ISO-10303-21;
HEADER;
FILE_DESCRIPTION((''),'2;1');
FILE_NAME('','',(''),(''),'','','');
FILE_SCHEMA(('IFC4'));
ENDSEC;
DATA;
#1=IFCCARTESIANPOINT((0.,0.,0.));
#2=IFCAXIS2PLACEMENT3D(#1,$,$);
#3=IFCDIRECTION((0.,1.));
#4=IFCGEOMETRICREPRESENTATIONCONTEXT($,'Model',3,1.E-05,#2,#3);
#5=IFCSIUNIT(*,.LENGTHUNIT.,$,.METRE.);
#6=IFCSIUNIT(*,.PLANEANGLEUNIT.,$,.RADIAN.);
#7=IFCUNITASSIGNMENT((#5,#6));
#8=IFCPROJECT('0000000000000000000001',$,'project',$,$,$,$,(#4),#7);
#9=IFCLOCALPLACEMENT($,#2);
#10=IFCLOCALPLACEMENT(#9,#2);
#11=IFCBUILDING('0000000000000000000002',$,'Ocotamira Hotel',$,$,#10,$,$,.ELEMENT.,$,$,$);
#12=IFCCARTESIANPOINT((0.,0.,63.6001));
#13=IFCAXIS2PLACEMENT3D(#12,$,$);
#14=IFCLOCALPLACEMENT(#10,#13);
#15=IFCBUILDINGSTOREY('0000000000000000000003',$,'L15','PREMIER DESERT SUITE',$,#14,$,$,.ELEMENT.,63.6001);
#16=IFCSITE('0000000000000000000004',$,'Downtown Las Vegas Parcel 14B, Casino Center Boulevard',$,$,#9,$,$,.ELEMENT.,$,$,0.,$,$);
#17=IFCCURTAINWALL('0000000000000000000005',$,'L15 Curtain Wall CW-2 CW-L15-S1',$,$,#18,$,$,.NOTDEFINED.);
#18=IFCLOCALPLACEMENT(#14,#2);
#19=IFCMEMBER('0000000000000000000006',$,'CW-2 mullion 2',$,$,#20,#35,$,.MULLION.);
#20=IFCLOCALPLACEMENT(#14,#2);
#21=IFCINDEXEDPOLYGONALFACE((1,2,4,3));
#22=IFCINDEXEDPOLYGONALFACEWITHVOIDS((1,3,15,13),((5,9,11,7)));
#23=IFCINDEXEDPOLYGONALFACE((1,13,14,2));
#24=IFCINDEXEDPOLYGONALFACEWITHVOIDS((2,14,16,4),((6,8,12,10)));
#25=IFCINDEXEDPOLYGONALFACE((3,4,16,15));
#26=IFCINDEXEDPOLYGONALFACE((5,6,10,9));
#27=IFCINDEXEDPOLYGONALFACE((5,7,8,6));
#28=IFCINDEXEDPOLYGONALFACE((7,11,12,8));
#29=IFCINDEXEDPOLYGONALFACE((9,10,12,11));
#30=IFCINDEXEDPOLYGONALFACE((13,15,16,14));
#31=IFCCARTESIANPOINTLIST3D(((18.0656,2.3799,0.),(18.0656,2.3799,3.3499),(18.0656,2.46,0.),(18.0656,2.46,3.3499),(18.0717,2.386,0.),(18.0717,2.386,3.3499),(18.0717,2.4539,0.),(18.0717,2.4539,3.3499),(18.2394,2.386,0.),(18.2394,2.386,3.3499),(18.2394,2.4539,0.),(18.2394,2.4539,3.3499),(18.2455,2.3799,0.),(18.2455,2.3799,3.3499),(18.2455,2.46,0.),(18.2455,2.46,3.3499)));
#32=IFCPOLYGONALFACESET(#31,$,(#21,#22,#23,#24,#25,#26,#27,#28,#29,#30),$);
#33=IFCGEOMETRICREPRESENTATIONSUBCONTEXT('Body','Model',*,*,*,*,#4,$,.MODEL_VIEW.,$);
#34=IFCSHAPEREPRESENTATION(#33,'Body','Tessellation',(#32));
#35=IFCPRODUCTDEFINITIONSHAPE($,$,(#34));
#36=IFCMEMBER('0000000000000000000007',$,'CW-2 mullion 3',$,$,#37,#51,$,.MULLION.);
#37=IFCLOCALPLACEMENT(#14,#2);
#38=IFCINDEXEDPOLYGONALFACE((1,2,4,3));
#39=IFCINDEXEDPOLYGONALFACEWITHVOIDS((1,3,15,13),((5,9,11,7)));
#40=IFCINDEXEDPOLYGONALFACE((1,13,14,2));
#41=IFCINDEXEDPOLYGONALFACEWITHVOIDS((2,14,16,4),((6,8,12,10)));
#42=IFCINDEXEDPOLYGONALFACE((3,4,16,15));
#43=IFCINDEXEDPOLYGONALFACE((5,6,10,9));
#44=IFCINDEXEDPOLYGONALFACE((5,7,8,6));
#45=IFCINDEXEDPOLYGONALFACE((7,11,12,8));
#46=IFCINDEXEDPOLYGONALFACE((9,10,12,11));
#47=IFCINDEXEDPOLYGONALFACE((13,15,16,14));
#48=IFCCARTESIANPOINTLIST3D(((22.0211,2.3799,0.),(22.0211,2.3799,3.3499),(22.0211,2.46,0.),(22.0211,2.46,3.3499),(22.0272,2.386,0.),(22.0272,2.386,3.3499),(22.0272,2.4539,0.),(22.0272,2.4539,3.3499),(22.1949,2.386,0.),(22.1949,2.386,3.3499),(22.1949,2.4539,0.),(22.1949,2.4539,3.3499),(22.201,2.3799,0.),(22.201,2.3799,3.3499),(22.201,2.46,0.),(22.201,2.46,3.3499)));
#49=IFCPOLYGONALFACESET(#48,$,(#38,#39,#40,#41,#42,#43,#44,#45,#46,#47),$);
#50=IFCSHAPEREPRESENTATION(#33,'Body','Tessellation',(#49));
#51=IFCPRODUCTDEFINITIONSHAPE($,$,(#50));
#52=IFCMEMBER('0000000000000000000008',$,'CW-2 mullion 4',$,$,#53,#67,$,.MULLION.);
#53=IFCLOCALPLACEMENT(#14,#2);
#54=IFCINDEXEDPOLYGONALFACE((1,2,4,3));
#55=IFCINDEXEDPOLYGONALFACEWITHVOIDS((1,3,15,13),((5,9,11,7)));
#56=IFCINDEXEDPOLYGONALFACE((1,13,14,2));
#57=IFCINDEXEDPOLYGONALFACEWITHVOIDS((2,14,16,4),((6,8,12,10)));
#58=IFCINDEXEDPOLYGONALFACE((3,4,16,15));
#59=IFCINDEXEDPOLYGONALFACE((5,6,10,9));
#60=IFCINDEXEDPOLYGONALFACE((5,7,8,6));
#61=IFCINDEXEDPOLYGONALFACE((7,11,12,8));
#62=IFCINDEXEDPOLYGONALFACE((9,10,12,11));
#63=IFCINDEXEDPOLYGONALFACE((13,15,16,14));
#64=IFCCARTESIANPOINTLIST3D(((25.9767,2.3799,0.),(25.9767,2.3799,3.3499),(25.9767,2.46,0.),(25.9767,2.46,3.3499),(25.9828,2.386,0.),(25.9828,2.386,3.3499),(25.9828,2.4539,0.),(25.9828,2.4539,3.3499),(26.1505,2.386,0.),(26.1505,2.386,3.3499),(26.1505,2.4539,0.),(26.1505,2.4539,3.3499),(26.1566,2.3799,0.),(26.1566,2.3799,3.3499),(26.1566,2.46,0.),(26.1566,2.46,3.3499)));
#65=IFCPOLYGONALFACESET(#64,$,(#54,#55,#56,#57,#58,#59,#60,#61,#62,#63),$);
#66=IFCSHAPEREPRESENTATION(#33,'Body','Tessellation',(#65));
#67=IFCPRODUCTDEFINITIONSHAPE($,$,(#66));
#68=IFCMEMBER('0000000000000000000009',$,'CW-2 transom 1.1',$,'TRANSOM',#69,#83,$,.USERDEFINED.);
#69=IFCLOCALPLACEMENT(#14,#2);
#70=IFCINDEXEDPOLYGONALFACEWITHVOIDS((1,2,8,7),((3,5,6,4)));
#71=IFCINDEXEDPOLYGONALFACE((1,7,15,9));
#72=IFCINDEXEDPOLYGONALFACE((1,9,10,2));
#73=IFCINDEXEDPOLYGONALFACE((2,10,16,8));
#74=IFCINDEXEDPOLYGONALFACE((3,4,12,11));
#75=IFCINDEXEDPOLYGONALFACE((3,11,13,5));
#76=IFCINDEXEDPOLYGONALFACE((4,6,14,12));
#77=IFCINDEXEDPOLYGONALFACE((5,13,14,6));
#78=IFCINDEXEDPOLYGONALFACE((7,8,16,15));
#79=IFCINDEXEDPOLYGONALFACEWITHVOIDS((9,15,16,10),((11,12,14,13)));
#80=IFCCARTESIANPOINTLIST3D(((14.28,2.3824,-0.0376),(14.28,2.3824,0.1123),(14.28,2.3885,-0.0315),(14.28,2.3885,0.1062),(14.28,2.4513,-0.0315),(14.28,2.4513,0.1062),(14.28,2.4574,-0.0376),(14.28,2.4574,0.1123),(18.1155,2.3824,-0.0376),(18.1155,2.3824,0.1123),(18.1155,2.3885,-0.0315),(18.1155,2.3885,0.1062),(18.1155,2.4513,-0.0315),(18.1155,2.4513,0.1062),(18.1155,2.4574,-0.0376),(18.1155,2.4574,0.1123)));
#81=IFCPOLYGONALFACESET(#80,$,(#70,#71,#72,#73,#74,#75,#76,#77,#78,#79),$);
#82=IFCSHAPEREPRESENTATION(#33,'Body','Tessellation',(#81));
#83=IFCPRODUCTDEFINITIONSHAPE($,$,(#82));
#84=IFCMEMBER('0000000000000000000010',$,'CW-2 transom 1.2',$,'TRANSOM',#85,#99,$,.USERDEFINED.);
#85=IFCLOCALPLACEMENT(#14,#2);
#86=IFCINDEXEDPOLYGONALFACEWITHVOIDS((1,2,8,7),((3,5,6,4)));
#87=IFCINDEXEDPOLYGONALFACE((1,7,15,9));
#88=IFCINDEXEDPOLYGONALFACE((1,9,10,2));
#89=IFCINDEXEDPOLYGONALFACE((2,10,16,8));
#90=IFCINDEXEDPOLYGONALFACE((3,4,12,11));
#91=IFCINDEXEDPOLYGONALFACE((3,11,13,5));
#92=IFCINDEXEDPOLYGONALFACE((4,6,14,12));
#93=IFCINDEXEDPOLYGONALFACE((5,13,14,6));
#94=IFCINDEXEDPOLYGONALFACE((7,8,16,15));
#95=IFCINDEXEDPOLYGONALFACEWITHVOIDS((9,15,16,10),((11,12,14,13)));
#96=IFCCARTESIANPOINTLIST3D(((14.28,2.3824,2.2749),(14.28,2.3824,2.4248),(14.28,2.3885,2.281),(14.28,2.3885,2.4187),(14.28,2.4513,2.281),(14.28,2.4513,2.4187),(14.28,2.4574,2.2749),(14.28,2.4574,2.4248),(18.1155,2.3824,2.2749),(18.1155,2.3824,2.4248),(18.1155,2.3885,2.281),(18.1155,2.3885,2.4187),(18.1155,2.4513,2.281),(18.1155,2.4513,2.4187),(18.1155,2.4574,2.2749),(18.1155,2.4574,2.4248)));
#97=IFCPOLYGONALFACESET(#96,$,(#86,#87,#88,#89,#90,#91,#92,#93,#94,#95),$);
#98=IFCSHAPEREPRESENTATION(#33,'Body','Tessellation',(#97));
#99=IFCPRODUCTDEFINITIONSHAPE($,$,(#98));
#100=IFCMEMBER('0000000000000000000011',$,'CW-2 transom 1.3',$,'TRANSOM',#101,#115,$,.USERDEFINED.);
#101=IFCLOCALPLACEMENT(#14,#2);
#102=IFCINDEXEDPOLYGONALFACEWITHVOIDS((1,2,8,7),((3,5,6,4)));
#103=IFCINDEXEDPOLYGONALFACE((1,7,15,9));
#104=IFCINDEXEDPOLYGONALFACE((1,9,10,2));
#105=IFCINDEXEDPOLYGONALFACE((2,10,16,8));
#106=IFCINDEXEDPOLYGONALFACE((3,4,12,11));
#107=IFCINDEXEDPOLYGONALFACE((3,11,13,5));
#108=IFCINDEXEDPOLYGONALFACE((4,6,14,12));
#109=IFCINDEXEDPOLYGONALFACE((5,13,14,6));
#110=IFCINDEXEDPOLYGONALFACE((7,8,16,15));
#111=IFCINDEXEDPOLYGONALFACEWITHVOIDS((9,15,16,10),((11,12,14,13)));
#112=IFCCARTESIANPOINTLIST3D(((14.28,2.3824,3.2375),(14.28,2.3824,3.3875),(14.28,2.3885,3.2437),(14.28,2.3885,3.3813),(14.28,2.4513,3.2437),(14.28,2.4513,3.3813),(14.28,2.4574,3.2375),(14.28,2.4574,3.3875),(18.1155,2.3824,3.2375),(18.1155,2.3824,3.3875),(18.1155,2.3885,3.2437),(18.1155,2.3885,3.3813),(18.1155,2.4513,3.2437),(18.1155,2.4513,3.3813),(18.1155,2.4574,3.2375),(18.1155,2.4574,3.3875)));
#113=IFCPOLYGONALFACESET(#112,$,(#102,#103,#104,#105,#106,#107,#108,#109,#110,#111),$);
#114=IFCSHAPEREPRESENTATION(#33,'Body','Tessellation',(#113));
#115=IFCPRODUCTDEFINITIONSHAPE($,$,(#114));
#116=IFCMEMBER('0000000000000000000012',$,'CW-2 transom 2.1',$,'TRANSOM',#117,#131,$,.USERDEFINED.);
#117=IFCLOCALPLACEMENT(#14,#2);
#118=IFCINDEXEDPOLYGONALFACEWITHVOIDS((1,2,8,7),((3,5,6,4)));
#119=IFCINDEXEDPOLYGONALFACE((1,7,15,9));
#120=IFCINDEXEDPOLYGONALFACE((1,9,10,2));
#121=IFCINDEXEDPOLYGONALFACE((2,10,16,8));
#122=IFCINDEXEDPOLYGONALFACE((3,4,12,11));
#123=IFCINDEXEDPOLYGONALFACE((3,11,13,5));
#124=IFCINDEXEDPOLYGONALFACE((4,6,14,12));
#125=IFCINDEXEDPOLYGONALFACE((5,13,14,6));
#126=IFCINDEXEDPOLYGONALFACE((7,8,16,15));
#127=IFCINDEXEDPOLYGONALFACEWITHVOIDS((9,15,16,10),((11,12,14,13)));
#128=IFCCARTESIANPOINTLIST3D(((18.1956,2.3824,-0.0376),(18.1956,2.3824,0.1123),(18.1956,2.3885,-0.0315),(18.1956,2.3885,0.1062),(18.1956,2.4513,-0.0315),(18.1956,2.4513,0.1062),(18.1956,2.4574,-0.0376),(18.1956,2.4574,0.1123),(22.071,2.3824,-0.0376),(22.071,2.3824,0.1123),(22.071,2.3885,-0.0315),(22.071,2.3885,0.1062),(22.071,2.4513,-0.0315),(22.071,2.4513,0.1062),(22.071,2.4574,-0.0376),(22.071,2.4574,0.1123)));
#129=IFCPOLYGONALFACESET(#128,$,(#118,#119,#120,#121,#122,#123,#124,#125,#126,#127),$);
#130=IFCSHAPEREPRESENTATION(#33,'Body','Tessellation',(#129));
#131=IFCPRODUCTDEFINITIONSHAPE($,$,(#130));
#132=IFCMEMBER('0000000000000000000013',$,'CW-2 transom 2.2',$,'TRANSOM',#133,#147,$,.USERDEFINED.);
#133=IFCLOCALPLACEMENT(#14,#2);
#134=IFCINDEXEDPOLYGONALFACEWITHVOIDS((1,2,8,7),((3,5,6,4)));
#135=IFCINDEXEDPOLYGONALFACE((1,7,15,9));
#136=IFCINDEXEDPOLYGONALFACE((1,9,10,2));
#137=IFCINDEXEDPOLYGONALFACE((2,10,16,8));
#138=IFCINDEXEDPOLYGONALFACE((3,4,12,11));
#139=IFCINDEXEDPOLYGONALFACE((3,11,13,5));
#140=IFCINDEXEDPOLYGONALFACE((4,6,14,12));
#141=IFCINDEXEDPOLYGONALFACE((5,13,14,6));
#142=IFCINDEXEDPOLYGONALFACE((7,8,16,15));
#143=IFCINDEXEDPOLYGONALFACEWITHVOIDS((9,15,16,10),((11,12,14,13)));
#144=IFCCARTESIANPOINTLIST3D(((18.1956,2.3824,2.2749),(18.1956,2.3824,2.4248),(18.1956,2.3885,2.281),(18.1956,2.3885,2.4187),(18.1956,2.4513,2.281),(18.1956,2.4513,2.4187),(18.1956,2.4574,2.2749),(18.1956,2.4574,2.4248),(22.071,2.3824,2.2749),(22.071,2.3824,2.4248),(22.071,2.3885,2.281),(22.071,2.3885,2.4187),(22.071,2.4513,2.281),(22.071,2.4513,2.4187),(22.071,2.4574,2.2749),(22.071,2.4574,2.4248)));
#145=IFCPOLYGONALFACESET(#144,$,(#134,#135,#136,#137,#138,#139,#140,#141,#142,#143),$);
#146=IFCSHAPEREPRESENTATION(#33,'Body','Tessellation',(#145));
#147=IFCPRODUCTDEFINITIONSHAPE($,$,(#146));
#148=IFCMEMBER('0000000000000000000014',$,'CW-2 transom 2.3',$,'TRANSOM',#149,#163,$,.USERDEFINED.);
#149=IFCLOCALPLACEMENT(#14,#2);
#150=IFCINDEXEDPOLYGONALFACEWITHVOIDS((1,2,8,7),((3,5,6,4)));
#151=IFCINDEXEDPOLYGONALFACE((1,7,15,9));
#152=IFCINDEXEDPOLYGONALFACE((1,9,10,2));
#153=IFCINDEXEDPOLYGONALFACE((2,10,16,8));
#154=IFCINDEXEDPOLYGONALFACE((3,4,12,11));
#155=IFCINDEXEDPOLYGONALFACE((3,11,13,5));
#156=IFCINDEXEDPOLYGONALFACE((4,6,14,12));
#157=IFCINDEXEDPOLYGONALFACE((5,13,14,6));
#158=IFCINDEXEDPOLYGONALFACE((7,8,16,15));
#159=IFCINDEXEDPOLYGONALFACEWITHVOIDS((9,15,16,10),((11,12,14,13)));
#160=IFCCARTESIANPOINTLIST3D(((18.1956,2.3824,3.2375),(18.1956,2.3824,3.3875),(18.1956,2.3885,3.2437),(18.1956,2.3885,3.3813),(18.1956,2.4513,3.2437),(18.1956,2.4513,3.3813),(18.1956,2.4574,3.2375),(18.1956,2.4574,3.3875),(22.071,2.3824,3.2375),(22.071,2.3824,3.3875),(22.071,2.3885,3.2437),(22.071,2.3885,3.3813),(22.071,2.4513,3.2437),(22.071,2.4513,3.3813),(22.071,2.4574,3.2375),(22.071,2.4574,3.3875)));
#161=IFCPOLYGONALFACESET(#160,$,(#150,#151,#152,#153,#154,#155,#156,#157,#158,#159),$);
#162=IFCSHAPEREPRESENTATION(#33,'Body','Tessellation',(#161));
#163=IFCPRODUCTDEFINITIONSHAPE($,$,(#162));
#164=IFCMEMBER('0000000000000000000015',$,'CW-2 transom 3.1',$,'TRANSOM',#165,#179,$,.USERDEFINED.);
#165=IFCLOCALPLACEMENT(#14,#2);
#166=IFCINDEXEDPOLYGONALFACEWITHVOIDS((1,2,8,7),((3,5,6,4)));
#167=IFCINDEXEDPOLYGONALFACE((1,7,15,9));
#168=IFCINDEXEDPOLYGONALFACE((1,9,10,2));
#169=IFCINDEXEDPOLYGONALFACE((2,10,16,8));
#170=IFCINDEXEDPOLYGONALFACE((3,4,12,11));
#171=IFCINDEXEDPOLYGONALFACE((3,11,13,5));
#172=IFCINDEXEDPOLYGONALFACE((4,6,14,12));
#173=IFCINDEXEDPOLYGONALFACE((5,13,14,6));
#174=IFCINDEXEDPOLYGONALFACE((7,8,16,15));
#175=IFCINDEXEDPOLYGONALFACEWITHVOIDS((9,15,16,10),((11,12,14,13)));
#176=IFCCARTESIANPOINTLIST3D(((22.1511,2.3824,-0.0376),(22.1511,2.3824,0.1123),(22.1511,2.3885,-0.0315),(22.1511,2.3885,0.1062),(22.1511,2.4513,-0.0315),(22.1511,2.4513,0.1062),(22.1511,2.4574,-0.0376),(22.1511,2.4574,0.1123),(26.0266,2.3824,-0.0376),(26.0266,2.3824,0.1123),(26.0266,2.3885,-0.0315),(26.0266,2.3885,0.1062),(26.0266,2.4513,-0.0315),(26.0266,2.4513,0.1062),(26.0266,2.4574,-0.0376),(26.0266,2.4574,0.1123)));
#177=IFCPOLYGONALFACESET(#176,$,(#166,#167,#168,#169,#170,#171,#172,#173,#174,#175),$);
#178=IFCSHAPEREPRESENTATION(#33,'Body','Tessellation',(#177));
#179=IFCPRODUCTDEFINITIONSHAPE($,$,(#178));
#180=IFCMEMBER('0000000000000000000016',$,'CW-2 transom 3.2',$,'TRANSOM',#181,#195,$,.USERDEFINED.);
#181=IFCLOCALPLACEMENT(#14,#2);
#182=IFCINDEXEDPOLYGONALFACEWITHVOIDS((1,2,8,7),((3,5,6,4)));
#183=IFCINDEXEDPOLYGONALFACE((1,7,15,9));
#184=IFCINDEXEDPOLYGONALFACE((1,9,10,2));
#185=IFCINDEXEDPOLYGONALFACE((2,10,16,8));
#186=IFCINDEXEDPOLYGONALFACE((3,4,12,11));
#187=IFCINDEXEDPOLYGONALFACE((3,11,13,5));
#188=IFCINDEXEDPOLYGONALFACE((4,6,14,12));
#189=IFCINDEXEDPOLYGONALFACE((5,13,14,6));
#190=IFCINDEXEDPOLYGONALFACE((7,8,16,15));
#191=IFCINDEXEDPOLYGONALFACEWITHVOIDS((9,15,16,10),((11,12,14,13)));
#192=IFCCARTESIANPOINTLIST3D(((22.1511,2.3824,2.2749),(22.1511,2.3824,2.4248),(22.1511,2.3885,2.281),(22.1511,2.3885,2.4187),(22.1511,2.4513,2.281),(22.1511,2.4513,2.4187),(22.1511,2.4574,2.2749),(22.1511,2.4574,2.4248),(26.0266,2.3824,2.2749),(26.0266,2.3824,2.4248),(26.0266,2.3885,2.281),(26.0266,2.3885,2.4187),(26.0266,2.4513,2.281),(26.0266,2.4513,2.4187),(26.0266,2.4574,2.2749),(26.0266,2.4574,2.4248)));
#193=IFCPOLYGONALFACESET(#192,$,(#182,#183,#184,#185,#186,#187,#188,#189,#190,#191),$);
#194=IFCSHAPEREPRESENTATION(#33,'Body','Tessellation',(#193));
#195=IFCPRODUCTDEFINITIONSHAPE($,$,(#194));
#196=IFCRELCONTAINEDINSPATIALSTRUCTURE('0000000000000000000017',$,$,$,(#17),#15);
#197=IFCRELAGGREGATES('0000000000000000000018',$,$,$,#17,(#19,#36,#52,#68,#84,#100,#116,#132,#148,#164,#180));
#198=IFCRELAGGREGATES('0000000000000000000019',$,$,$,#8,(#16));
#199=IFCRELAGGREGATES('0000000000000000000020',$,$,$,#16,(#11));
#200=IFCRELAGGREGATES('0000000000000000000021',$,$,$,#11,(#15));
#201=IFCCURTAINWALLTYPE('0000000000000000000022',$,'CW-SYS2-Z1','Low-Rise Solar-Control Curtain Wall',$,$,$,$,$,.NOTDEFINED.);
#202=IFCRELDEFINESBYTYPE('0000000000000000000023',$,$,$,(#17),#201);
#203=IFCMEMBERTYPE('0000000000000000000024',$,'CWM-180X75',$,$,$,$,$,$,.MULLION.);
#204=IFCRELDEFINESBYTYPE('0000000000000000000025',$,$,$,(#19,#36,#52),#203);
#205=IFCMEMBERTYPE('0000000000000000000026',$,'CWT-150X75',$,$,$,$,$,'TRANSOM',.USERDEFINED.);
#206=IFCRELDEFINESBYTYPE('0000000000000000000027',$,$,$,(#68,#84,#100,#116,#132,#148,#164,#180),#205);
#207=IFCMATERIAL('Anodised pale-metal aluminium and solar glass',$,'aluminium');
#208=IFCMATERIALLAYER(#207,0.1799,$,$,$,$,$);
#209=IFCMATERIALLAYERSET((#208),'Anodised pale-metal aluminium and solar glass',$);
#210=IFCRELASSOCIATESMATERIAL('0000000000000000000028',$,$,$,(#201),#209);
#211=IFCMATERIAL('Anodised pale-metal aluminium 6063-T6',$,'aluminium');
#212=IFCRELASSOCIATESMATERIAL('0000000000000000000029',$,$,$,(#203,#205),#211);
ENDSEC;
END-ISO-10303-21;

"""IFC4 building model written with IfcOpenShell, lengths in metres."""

from ifc_helpers import new_model, si_unit, direction, frame, origin, origin_2d, place, context, subcontext, project, spatial, hollow_rectangle, extrude, source, transform, mapped, material, layer, layer_set, material_profile, profile_set, type_object, element, aggregate, save


model = new_model("IFC4")

# Units and contexts
model_context = context("Model", 3, precision=1e-05, world=origin(), true_north=direction((0.0, 1.0)))
body_context = subcontext(model_context, "Body", "Model", "MODEL_VIEW")
ifc_project = project(units=[si_unit("LENGTHUNIT", "METRE"), si_unit("PLANEANGLEUNIT", "RADIAN")], contexts=[model_context])

# Site, building, storey
site_placement = place(None, origin())
site = spatial("IfcSite", under=ifc_project, at=site_placement, Name="Downtown Las Vegas Parcel 14B, Casino Center Boulevard", CompositionType="ELEMENT", RefElevation=0.0)
building_placement = place(site_placement, origin())
building = spatial("IfcBuilding", under=site, at=building_placement, Name="Ocotamira Hotel", CompositionType="ELEMENT")
storey_placement = place(building_placement, frame((0.0, 0.0, 63.6001)))
storey = spatial("IfcBuildingStorey", under=building, at=storey_placement, Name="L15", Description="PREMIER DESERT SUITE", CompositionType="ELEMENT", Elevation=63.6001)

# Curtain wall, members
ifc_material_1 = material(Name="Anodised pale-metal aluminium and solar glass", Category="aluminium")
ifc_layer_1 = layer(ifc_material_1, 0.1799)
ifc_layer_set_1 = layer_set([ifc_layer_1], Name="Anodised pale-metal aluminium and solar glass")
curtain_wall_type = type_object("IfcCurtainWallType", Name="CW-SYS2-Z1", Description="Low-Rise Solar-Control Curtain Wall", PredefinedType="NOTDEFINED", material=ifc_layer_set_1)
curtain_wall_placement = place(storey_placement, origin())
curtain_wall = element("IfcCurtainWall", 1, at=curtain_wall_placement, inside=storey, type_object=curtain_wall_type, Name="L15 Curtain Wall CW-2 CW-L15-S1", PredefinedType="NOTDEFINED")
ifc_material_2 = material(Name="Anodised pale-metal aluminium 6063-T6", Category="aluminium")
ifc_material_profile_1 = material_profile(ifc_material_2, hollow_rectangle(XDim=0.0801, YDim=0.1799, WallThickness=0.0061, at=origin_2d()), Name="HSS180X80X6")
ifc_profile_set_1 = profile_set([ifc_material_profile_1], Name="Anodised pale-metal aluminium 6063-T6")
member_type_1 = type_object("IfcMemberType", Name="CWM-180X75", PredefinedType="MULLION", material=ifc_profile_set_1)
shared_shape_1 = source(origin(), body_context, "Body", "SweptSolid", [
    extrude(hollow_rectangle(XDim=0.0801, YDim=0.1799, WallThickness=0.0061, at=origin_2d()), origin(), (0.0, 0.0, 1.0), 3.3499),
])
member_1_placement = place(storey_placement, frame((18.1555, 2.4199, 0.0), z_axis=(0.0, 0.0, 1.0), x_axis=(0.0, 1.0, 0.0)))
member_1 = element("IfcMember", 2, at=member_1_placement, type_object=member_type_1, Name="CW-2 mullion 2", PredefinedType="MULLION", context=body_context, shape_type="MappedRepresentation", body=[
    mapped(shared_shape_1, transform((0.0, 0.0, 0.0), scale=1.0)),
])
member_2_placement = place(storey_placement, frame((22.1111, 2.4199, 0.0), z_axis=(0.0, 0.0, 1.0), x_axis=(0.0, 1.0, 0.0)))
member_2 = element("IfcMember", 3, at=member_2_placement, type_object=member_type_1, Name="CW-2 mullion 3", PredefinedType="MULLION", context=body_context, shape_type="MappedRepresentation", body=[
    mapped(shared_shape_1, transform((0.0, 0.0, 0.0), scale=1.0)),
])
member_3_placement = place(storey_placement, frame((26.0667, 2.4199, 0.0), z_axis=(0.0, 0.0, 1.0), x_axis=(0.0, 1.0, 0.0)))
member_3 = element("IfcMember", 4, at=member_3_placement, type_object=member_type_1, Name="CW-2 mullion 4", PredefinedType="MULLION", context=body_context, shape_type="MappedRepresentation", body=[
    mapped(shared_shape_1, transform((0.0, 0.0, 0.0), scale=1.0)),
])
ifc_material_profile_2 = material_profile(ifc_material_2, hollow_rectangle(XDim=0.075, YDim=0.1499, WallThickness=0.0061, at=origin_2d()), Name="HSS150X75X6")
ifc_profile_set_2 = profile_set([ifc_material_profile_2], Name="Anodised pale-metal aluminium 6063-T6")
member_type_2 = type_object("IfcMemberType", Name="CWT-150X75", ElementType="TRANSOM", PredefinedType="USERDEFINED", material=ifc_profile_set_2)
shared_shape_2 = source(origin(), body_context, "Body", "SweptSolid", [
    extrude(hollow_rectangle(XDim=0.075, YDim=0.1499, WallThickness=0.0061, at=origin_2d()), origin(), (0.0, 0.0, 1.0), 3.8354),
])
member_4_placement = place(storey_placement, frame((14.28, 2.4199, 0.0374), z_axis=(1.0, 0.0, 0.0), x_axis=(0.0, 1.0, 0.0)))
member_4 = element("IfcMember", 5, at=member_4_placement, type_object=member_type_2, Name="CW-2 transom 1.1", ObjectType="TRANSOM", PredefinedType="USERDEFINED", context=body_context, shape_type="MappedRepresentation", body=[
    mapped(shared_shape_2, transform((0.0, 0.0, 0.0), scale=1.0)),
])
member_5_placement = place(storey_placement, frame((14.28, 2.4199, 2.3499), z_axis=(1.0, 0.0, 0.0), x_axis=(0.0, 1.0, 0.0)))
member_5 = element("IfcMember", 6, at=member_5_placement, type_object=member_type_2, Name="CW-2 transom 1.2", ObjectType="TRANSOM", PredefinedType="USERDEFINED", context=body_context, shape_type="MappedRepresentation", body=[
    mapped(shared_shape_2, transform((0.0, 0.0, 0.0), scale=1.0)),
])
member_6_placement = place(storey_placement, frame((14.28, 2.4199, 3.3125), z_axis=(1.0, 0.0, 0.0), x_axis=(0.0, 1.0, 0.0)))
member_6 = element("IfcMember", 7, at=member_6_placement, type_object=member_type_2, Name="CW-2 transom 1.3", ObjectType="TRANSOM", PredefinedType="USERDEFINED", context=body_context, shape_type="MappedRepresentation", body=[
    mapped(shared_shape_2, transform((0.0, 0.0, 0.0), scale=1.0)),
])
shared_shape_3 = source(origin(), body_context, "Body", "SweptSolid", [
    extrude(hollow_rectangle(XDim=0.075, YDim=0.1499, WallThickness=0.0061, at=origin_2d()), origin(), (0.0, 0.0, 1.0), 3.8755),
])
member_7_placement = place(storey_placement, frame((18.1956, 2.4199, 0.0374), z_axis=(1.0, 0.0, 0.0), x_axis=(0.0, 1.0, 0.0)))
member_7 = element("IfcMember", 8, at=member_7_placement, type_object=member_type_2, Name="CW-2 transom 2.1", ObjectType="TRANSOM", PredefinedType="USERDEFINED", context=body_context, shape_type="MappedRepresentation", body=[
    mapped(shared_shape_3, transform((0.0, 0.0, 0.0), scale=1.0)),
])
member_8_placement = place(storey_placement, frame((18.1956, 2.4199, 2.3499), z_axis=(1.0, 0.0, 0.0), x_axis=(0.0, 1.0, 0.0)))
member_8 = element("IfcMember", 9, at=member_8_placement, type_object=member_type_2, Name="CW-2 transom 2.2", ObjectType="TRANSOM", PredefinedType="USERDEFINED", context=body_context, shape_type="MappedRepresentation", body=[
    mapped(shared_shape_3, transform((0.0, 0.0, 0.0), scale=1.0)),
])
member_9_placement = place(storey_placement, frame((18.1956, 2.4199, 3.3125), z_axis=(1.0, 0.0, 0.0), x_axis=(0.0, 1.0, 0.0)))
member_9 = element("IfcMember", 10, at=member_9_placement, type_object=member_type_2, Name="CW-2 transom 2.3", ObjectType="TRANSOM", PredefinedType="USERDEFINED", context=body_context, shape_type="MappedRepresentation", body=[
    mapped(shared_shape_3, transform((0.0, 0.0, 0.0), scale=1.0)),
])
member_10_placement = place(storey_placement, frame((22.1511, 2.4199, 0.0374), z_axis=(1.0, 0.0, 0.0), x_axis=(0.0, 1.0, 0.0)))
member_10 = element("IfcMember", 11, at=member_10_placement, type_object=member_type_2, Name="CW-2 transom 3.1", ObjectType="TRANSOM", PredefinedType="USERDEFINED", context=body_context, shape_type="MappedRepresentation", body=[
    mapped(shared_shape_3, transform((0.0, 0.0, 0.0), scale=1.0)),
])
member_11_placement = place(storey_placement, frame((22.1511, 2.4199, 2.3499), z_axis=(1.0, 0.0, 0.0), x_axis=(0.0, 1.0, 0.0)))
member_11 = element("IfcMember", 12, at=member_11_placement, type_object=member_type_2, Name="CW-2 transom 3.2", ObjectType="TRANSOM", PredefinedType="USERDEFINED", context=body_context, shape_type="MappedRepresentation", body=[
    mapped(shared_shape_3, transform((0.0, 0.0, 0.0), scale=1.0)),
])

aggregate(curtain_wall, [member_1, member_2, member_3, member_4, member_5, member_6, member_7, member_8, member_9, member_10, member_11])

save(model, "model.ifc")
